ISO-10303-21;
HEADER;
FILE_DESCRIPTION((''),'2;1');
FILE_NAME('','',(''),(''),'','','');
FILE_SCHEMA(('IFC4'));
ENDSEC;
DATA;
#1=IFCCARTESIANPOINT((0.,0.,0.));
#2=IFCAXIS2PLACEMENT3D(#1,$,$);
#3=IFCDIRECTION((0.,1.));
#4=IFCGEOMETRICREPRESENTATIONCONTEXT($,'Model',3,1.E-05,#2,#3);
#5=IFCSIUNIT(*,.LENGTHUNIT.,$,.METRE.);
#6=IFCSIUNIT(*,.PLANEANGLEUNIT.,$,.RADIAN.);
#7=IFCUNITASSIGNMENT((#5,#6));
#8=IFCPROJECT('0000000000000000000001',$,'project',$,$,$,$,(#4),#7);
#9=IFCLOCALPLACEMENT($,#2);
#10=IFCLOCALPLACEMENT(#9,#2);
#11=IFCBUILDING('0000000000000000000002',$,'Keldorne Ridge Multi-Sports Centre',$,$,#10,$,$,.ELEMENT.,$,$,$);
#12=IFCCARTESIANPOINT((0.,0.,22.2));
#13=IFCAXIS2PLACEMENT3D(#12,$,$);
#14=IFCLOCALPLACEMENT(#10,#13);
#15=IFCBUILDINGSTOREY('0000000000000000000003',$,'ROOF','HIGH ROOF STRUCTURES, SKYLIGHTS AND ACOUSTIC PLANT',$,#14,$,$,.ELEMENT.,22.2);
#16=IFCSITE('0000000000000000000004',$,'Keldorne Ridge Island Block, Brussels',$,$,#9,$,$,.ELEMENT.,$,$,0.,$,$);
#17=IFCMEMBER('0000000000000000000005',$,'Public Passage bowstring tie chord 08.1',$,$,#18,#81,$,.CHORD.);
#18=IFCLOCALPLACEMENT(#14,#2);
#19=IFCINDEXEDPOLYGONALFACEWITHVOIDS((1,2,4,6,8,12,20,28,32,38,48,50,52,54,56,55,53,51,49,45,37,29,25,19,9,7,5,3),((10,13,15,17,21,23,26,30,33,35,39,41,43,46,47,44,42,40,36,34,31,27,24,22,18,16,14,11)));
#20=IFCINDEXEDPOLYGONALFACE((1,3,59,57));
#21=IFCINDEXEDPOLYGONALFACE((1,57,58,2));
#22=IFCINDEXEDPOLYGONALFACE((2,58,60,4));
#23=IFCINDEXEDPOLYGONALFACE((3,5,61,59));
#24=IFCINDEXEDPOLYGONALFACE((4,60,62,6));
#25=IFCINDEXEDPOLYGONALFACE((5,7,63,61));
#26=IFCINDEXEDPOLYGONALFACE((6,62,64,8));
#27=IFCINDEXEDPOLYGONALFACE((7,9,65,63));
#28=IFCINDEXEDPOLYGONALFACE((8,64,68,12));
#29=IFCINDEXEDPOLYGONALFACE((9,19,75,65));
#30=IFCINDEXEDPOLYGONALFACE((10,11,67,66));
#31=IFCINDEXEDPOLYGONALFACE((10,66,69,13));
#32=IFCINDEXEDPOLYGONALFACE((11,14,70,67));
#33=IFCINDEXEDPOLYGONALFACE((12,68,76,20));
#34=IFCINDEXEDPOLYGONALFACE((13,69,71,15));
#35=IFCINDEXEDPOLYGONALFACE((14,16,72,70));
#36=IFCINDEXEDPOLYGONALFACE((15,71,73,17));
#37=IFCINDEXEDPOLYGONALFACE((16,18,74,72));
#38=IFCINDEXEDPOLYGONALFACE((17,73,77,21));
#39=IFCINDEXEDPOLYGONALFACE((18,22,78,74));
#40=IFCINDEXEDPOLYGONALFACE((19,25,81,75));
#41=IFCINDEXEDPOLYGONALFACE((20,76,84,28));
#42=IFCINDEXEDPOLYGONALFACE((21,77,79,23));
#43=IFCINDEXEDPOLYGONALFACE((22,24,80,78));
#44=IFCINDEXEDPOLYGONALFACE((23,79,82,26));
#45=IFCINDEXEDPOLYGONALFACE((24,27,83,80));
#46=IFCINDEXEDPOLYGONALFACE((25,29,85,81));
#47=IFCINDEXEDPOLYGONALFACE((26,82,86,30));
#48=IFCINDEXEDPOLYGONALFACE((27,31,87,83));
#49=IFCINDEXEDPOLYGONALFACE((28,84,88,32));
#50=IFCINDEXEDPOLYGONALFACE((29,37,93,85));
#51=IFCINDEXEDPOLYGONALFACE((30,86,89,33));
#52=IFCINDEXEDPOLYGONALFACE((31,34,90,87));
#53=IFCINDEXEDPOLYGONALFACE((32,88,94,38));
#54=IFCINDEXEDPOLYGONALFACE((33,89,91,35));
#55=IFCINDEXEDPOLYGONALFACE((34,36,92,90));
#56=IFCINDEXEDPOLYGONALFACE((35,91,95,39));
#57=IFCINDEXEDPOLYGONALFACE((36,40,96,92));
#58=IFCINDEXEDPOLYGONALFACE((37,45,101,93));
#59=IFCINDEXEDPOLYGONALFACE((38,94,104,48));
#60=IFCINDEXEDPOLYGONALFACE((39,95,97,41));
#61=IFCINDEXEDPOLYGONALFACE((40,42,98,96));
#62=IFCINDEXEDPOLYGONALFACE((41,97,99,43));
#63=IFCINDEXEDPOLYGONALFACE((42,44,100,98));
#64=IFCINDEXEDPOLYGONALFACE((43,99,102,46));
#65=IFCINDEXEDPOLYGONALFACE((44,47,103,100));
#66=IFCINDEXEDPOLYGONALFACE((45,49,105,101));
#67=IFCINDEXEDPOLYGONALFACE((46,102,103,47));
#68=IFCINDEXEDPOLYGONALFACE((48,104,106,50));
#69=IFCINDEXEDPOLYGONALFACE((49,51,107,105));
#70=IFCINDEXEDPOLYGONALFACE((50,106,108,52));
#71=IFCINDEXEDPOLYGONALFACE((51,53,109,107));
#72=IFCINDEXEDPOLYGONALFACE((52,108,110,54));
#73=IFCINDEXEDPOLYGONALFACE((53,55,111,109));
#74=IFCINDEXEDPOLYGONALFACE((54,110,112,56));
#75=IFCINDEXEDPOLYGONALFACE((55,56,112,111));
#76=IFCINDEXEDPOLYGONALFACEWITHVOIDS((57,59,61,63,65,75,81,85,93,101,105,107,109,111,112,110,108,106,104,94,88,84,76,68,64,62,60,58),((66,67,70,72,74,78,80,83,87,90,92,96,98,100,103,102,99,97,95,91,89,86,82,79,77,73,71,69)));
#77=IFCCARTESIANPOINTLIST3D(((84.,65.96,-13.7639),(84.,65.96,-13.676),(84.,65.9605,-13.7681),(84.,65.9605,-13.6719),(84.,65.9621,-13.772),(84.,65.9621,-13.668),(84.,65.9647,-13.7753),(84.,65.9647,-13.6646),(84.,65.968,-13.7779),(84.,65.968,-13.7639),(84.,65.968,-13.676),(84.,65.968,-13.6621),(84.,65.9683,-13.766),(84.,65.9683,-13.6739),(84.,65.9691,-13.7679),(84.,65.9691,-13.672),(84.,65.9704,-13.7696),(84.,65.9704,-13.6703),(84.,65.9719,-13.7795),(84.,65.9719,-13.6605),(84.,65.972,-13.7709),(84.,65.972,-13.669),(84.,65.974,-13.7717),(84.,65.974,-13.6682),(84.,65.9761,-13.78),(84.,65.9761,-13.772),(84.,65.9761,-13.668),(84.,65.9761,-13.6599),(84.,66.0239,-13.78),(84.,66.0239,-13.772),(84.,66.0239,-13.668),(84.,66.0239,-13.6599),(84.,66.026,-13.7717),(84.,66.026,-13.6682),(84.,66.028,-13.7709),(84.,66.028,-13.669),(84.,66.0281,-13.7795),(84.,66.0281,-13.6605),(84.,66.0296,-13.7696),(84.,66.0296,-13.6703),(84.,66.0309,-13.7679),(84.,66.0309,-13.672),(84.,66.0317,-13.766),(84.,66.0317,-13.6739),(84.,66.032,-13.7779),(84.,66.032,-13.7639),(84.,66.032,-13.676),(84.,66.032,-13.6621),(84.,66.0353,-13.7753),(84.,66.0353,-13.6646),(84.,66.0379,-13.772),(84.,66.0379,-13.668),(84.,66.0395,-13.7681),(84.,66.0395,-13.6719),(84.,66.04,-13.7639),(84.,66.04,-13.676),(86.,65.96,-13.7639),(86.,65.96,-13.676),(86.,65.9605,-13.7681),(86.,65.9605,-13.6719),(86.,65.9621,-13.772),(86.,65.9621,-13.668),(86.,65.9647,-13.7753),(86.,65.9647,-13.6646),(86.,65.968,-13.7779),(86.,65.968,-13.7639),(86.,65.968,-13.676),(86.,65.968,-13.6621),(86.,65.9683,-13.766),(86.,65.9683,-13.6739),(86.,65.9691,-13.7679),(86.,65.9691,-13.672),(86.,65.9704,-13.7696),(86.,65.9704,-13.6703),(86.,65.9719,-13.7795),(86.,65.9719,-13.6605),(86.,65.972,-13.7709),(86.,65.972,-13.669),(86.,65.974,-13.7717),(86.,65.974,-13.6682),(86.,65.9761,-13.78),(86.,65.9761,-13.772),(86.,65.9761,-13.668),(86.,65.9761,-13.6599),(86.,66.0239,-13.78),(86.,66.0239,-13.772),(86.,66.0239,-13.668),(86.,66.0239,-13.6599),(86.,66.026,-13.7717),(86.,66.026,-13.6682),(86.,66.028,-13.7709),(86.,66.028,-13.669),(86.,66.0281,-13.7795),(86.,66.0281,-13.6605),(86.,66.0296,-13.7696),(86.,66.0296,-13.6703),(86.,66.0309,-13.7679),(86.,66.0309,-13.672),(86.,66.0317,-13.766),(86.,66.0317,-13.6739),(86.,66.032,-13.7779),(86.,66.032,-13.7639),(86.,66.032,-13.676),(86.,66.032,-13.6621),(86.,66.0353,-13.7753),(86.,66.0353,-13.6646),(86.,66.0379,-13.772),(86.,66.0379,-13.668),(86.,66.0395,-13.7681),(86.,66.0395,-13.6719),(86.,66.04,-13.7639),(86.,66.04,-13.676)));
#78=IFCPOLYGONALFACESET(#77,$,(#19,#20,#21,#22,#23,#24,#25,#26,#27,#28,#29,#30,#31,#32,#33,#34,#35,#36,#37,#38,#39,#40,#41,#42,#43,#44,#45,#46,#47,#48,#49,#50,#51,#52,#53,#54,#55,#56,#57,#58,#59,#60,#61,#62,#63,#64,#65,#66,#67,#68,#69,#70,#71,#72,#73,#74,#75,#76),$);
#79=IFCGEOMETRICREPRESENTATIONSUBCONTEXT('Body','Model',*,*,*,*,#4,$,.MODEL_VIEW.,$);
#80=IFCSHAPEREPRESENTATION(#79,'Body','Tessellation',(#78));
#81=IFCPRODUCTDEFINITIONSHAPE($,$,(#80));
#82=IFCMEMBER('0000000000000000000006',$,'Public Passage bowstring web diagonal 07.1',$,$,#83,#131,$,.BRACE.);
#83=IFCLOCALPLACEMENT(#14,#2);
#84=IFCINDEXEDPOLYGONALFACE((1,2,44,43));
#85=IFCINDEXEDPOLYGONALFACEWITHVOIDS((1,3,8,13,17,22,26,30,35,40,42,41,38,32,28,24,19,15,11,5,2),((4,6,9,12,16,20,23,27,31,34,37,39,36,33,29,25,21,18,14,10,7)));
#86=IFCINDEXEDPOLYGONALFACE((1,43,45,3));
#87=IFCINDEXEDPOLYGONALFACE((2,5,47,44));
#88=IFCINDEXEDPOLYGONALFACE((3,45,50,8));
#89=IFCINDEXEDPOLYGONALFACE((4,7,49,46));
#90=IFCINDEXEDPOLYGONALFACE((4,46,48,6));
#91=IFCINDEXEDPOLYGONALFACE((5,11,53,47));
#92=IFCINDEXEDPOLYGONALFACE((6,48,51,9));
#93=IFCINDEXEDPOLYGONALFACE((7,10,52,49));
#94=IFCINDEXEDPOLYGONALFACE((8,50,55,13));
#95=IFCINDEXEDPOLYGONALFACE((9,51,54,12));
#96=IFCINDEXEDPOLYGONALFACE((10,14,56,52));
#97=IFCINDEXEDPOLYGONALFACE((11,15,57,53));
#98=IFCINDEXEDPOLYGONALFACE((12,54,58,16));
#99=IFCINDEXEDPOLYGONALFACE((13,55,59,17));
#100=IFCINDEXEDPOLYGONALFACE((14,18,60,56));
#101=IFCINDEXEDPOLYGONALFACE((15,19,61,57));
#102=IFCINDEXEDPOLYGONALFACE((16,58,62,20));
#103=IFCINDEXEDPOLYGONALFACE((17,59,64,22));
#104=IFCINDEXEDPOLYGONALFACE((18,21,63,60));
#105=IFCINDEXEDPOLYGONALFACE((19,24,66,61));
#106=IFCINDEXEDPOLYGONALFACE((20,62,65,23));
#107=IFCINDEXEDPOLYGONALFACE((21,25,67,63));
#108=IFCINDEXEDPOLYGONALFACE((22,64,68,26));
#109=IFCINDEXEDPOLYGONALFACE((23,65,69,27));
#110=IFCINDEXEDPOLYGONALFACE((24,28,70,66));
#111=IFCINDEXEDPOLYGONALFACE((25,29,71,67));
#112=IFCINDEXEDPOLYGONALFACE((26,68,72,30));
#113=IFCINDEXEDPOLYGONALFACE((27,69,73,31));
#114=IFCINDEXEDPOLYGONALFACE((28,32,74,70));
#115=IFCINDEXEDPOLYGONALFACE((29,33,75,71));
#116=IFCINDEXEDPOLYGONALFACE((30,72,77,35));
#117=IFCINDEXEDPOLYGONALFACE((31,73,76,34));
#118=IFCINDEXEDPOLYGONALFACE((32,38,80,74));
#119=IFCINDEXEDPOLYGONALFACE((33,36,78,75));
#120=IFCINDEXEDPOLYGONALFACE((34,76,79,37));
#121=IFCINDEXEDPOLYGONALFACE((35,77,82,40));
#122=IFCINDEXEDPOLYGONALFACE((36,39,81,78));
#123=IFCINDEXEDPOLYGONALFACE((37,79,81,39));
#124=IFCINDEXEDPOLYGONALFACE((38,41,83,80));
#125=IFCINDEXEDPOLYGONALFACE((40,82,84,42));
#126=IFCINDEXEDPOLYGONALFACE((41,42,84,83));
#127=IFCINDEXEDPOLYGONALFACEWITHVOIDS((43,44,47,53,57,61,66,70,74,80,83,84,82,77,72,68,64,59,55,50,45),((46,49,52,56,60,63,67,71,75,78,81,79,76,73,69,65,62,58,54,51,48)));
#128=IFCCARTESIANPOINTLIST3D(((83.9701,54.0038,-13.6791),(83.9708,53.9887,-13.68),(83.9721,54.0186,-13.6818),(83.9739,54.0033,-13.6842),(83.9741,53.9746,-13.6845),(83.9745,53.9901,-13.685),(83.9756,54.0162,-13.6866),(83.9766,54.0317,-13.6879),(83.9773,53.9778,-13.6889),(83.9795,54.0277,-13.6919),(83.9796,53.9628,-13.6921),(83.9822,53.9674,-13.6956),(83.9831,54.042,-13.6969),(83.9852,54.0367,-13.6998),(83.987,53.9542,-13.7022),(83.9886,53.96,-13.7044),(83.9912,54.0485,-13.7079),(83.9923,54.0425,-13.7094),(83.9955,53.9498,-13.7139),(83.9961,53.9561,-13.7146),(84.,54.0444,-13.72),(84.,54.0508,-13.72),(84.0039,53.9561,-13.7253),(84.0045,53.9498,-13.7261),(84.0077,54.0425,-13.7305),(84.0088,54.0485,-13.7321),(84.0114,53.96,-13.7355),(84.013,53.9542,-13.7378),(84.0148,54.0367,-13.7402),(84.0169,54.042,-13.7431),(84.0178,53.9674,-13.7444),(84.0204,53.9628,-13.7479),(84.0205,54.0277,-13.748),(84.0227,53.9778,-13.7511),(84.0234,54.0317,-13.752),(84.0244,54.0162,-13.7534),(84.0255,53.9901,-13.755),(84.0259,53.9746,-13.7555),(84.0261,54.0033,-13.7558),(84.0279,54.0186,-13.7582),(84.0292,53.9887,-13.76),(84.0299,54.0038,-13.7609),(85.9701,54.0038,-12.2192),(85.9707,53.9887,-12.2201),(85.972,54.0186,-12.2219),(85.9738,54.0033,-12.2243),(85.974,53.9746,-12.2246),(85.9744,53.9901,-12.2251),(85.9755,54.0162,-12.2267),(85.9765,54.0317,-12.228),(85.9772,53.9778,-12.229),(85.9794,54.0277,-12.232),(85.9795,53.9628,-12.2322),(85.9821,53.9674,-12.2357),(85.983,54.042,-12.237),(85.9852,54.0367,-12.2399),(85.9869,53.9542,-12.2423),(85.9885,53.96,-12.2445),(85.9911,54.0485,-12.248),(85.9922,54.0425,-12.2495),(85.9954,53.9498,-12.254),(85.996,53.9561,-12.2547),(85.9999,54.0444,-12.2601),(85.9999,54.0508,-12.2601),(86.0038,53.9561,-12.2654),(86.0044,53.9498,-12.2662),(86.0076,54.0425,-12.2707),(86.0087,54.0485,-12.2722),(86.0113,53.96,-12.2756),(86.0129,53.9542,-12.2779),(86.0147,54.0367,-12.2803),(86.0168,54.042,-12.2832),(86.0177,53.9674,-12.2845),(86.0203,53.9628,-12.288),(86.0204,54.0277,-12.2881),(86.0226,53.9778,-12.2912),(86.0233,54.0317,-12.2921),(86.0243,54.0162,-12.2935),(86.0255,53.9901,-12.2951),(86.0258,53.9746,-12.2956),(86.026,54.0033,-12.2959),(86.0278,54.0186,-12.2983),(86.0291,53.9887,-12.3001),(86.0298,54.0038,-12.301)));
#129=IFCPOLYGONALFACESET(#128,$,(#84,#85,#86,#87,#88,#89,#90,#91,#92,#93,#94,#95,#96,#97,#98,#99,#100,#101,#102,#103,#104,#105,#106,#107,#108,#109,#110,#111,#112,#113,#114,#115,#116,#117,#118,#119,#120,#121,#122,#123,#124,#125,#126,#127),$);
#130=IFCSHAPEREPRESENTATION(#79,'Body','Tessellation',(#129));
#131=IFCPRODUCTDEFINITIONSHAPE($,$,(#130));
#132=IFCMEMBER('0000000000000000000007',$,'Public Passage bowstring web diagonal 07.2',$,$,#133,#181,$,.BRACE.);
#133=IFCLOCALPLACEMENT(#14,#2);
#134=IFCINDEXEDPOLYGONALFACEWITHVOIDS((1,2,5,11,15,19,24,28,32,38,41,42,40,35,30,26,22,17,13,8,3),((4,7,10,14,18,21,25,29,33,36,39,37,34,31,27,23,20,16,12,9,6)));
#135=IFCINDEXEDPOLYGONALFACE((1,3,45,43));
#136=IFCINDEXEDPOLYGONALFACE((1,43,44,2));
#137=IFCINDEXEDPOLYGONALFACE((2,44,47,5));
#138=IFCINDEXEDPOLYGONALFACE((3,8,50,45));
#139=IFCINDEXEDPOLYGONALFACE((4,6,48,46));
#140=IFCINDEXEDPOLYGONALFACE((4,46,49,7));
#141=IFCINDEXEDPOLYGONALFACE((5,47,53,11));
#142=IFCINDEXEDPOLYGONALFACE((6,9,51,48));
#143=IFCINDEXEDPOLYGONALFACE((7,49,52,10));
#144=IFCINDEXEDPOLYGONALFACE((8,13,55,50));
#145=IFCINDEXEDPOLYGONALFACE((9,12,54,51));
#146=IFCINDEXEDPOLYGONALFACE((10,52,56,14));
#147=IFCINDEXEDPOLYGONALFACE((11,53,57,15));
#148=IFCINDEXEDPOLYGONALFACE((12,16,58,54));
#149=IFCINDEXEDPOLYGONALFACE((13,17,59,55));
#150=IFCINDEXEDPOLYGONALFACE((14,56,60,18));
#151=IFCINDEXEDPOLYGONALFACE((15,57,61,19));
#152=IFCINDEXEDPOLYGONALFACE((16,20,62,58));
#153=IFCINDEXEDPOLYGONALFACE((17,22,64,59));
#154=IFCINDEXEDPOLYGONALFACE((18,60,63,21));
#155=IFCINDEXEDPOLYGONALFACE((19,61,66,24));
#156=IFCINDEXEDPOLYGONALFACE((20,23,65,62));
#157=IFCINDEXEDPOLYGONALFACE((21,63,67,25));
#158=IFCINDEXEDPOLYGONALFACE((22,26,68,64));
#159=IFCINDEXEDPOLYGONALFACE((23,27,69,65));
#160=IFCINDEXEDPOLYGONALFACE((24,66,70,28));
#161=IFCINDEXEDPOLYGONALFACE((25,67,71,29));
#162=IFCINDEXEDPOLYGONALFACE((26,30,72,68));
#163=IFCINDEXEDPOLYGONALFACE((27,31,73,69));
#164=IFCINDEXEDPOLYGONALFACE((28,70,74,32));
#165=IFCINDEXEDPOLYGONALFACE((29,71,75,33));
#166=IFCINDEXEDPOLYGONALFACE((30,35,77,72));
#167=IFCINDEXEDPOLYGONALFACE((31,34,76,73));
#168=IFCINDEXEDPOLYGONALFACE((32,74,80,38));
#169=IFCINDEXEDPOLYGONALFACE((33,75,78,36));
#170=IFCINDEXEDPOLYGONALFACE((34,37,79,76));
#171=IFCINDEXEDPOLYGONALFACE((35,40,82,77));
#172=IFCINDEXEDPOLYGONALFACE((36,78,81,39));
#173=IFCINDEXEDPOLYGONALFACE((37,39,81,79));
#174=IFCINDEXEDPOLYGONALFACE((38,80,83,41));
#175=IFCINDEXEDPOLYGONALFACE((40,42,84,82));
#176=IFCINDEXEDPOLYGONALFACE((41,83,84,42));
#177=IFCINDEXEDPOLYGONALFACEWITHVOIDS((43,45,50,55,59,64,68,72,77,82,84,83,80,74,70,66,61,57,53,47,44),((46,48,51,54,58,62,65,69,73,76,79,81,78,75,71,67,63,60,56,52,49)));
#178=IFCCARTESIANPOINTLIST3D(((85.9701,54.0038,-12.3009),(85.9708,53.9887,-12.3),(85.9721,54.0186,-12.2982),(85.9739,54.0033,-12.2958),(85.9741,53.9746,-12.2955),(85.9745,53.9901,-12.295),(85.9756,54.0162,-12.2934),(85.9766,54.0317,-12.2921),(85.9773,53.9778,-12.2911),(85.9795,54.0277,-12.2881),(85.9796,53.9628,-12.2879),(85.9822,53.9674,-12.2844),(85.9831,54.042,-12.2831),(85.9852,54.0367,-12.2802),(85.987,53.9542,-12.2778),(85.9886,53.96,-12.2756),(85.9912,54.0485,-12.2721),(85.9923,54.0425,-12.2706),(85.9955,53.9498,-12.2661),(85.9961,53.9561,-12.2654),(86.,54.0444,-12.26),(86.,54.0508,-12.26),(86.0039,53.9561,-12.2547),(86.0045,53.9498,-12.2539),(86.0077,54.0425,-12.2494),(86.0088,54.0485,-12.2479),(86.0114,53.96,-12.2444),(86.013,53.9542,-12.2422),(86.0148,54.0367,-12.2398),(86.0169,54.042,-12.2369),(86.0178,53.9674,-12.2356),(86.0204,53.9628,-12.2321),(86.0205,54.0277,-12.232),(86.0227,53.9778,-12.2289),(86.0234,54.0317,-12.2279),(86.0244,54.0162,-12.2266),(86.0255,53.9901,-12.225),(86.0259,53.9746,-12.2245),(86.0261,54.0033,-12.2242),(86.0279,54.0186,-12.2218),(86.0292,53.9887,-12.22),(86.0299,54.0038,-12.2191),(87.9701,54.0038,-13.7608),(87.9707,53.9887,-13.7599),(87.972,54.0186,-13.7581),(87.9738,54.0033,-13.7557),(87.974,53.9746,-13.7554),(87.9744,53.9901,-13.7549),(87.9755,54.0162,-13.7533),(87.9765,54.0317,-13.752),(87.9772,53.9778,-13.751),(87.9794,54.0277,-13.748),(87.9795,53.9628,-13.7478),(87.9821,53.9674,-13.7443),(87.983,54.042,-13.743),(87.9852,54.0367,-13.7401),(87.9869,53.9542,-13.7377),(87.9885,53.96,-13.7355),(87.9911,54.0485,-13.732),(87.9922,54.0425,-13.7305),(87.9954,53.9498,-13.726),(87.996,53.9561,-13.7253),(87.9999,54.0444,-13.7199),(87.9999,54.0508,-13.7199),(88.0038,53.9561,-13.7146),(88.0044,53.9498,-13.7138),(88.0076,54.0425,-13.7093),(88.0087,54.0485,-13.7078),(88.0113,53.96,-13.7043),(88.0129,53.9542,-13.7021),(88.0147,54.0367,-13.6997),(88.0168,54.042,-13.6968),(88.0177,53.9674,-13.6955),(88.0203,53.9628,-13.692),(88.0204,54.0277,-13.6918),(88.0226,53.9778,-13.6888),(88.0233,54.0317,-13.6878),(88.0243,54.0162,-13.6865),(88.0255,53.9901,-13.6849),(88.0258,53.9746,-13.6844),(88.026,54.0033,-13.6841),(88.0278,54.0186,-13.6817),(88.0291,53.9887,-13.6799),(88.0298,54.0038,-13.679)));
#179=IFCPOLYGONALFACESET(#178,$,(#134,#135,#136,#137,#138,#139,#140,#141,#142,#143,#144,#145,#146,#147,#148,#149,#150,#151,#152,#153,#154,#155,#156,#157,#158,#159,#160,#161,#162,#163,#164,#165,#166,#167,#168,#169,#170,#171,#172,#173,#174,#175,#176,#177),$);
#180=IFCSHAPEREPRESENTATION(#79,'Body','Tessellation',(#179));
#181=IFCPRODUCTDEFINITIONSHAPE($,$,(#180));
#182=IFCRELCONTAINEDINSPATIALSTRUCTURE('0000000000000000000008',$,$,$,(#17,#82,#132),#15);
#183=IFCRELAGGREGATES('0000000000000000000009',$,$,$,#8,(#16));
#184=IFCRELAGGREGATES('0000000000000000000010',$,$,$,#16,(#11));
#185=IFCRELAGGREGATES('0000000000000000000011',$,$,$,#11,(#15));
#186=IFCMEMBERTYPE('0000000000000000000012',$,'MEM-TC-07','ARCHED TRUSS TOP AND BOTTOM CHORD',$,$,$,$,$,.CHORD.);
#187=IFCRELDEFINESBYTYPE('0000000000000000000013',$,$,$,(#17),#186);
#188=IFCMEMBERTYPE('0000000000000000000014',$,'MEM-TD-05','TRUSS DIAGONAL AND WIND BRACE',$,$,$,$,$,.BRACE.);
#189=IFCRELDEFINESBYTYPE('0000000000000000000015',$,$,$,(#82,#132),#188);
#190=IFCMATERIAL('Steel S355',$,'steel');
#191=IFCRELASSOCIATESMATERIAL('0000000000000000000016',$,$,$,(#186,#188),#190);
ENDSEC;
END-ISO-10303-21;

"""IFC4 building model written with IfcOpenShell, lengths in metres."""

from ifc_helpers import new_model, si_unit, direction, frame, origin, origin_2d, place, context, subcontext, project, spatial, hollow_rectangle, hollow_circle, extrude, material, material_profile, profile_set, type_object, element, save


model = new_model("IFC4")

# Units and contexts
model_context = context("Model", 3, precision=1e-05, world=origin(), true_north=direction((0.0, 1.0)))
body_context = subcontext(model_context, "Body", "Model", "MODEL_VIEW")
ifc_project = project(units=[si_unit("LENGTHUNIT", "METRE"), si_unit("PLANEANGLEUNIT", "RADIAN")], contexts=[model_context])

# Site, building, storey
site_placement = place(None, origin())
site = spatial("IfcSite", under=ifc_project, at=site_placement, Name="Keldorne Ridge Island Block, Brussels", CompositionType="ELEMENT", RefElevation=0.0)
building_placement = place(site_placement, origin())
building = spatial("IfcBuilding", under=site, at=building_placement, Name="Keldorne Ridge Multi-Sports Centre", CompositionType="ELEMENT")
storey_placement = place(building_placement, frame((0.0, 0.0, 22.2)))
storey = spatial("IfcBuildingStorey", under=building, at=storey_placement, Name="ROOF", Description="HIGH ROOF STRUCTURES, SKYLIGHTS AND ACOUSTIC PLANT", CompositionType="ELEMENT", Elevation=22.2)

# Members
ifc_material = material(Name="Steel S355", Category="steel")
ifc_material_profile_1 = material_profile(ifc_material, hollow_rectangle(XDim=0.0801, YDim=0.1201, WallThickness=0.0081, InnerFilletRadius=0.0081, OuterFilletRadius=0.0161, at=origin_2d()), Name="RHS 120x80x8")
ifc_profile_set_1 = profile_set([ifc_material_profile_1], Name="Steel S355")
member_type_1 = type_object("IfcMemberType", Name="MEM-TC-07", Description="ARCHED TRUSS TOP AND BOTTOM CHORD", PredefinedType="CHORD", material=ifc_profile_set_1)
for number, where, z_axis, x_axis, name in (
    (1, (84.0, 66.0, -13.72), (1.0, 0.0, 0.0), (0.0, 1.0, 0.0), "Public Passage bowstring tie chord 08.1"),
):
    element("IfcMember", number, at=place(storey_placement, frame(where, z_axis=z_axis, x_axis=x_axis)), inside=storey, type_object=member_type_1, Name=name, PredefinedType="CHORD", context=body_context, shape_type="SweptSolid", body=[
        extrude(hollow_rectangle(XDim=0.0801, YDim=0.1201, WallThickness=0.0081, InnerFilletRadius=0.0081, OuterFilletRadius=0.0161, at=origin_2d()), origin(), (0.0, 0.0, 1.0), 2.0),
    ])
ifc_material_profile_2 = material_profile(ifc_material, hollow_circle(Radius=0.0508, WallThickness=0.0063, at=origin_2d()), Name="CHS 101.6x6.3")
ifc_profile_set_2 = profile_set([ifc_material_profile_2], Name="Steel S355")
member_type_2 = type_object("IfcMemberType", Name="MEM-TD-05", Description="TRUSS DIAGONAL AND WIND BRACE", PredefinedType="BRACE", material=ifc_profile_set_2)
for number, where, z_axis, x_axis, name in (
    (2, (84.0, 54.0, -13.72), (0.807695, 0.0, 0.589601), (0.0, 1.0, 0.0), "Public Passage bowstring web diagonal 07.1"),
    (3, (86.0, 54.0, -12.26), (0.807695, 0.0, -0.589601), (0.0, 1.0, 0.0), "Public Passage bowstring web diagonal 07.2"),
):
    element("IfcMember", number, at=place(storey_placement, frame(where, z_axis=z_axis, x_axis=x_axis)), inside=storey, type_object=member_type_2, Name=name, PredefinedType="BRACE", context=body_context, shape_type="SweptSolid", body=[
        extrude(hollow_circle(Radius=0.0508, WallThickness=0.0063, at=origin_2d()), origin(), (0.0, 0.0, 1.0), 2.4761),
    ])

save(model, "model.ifc")
